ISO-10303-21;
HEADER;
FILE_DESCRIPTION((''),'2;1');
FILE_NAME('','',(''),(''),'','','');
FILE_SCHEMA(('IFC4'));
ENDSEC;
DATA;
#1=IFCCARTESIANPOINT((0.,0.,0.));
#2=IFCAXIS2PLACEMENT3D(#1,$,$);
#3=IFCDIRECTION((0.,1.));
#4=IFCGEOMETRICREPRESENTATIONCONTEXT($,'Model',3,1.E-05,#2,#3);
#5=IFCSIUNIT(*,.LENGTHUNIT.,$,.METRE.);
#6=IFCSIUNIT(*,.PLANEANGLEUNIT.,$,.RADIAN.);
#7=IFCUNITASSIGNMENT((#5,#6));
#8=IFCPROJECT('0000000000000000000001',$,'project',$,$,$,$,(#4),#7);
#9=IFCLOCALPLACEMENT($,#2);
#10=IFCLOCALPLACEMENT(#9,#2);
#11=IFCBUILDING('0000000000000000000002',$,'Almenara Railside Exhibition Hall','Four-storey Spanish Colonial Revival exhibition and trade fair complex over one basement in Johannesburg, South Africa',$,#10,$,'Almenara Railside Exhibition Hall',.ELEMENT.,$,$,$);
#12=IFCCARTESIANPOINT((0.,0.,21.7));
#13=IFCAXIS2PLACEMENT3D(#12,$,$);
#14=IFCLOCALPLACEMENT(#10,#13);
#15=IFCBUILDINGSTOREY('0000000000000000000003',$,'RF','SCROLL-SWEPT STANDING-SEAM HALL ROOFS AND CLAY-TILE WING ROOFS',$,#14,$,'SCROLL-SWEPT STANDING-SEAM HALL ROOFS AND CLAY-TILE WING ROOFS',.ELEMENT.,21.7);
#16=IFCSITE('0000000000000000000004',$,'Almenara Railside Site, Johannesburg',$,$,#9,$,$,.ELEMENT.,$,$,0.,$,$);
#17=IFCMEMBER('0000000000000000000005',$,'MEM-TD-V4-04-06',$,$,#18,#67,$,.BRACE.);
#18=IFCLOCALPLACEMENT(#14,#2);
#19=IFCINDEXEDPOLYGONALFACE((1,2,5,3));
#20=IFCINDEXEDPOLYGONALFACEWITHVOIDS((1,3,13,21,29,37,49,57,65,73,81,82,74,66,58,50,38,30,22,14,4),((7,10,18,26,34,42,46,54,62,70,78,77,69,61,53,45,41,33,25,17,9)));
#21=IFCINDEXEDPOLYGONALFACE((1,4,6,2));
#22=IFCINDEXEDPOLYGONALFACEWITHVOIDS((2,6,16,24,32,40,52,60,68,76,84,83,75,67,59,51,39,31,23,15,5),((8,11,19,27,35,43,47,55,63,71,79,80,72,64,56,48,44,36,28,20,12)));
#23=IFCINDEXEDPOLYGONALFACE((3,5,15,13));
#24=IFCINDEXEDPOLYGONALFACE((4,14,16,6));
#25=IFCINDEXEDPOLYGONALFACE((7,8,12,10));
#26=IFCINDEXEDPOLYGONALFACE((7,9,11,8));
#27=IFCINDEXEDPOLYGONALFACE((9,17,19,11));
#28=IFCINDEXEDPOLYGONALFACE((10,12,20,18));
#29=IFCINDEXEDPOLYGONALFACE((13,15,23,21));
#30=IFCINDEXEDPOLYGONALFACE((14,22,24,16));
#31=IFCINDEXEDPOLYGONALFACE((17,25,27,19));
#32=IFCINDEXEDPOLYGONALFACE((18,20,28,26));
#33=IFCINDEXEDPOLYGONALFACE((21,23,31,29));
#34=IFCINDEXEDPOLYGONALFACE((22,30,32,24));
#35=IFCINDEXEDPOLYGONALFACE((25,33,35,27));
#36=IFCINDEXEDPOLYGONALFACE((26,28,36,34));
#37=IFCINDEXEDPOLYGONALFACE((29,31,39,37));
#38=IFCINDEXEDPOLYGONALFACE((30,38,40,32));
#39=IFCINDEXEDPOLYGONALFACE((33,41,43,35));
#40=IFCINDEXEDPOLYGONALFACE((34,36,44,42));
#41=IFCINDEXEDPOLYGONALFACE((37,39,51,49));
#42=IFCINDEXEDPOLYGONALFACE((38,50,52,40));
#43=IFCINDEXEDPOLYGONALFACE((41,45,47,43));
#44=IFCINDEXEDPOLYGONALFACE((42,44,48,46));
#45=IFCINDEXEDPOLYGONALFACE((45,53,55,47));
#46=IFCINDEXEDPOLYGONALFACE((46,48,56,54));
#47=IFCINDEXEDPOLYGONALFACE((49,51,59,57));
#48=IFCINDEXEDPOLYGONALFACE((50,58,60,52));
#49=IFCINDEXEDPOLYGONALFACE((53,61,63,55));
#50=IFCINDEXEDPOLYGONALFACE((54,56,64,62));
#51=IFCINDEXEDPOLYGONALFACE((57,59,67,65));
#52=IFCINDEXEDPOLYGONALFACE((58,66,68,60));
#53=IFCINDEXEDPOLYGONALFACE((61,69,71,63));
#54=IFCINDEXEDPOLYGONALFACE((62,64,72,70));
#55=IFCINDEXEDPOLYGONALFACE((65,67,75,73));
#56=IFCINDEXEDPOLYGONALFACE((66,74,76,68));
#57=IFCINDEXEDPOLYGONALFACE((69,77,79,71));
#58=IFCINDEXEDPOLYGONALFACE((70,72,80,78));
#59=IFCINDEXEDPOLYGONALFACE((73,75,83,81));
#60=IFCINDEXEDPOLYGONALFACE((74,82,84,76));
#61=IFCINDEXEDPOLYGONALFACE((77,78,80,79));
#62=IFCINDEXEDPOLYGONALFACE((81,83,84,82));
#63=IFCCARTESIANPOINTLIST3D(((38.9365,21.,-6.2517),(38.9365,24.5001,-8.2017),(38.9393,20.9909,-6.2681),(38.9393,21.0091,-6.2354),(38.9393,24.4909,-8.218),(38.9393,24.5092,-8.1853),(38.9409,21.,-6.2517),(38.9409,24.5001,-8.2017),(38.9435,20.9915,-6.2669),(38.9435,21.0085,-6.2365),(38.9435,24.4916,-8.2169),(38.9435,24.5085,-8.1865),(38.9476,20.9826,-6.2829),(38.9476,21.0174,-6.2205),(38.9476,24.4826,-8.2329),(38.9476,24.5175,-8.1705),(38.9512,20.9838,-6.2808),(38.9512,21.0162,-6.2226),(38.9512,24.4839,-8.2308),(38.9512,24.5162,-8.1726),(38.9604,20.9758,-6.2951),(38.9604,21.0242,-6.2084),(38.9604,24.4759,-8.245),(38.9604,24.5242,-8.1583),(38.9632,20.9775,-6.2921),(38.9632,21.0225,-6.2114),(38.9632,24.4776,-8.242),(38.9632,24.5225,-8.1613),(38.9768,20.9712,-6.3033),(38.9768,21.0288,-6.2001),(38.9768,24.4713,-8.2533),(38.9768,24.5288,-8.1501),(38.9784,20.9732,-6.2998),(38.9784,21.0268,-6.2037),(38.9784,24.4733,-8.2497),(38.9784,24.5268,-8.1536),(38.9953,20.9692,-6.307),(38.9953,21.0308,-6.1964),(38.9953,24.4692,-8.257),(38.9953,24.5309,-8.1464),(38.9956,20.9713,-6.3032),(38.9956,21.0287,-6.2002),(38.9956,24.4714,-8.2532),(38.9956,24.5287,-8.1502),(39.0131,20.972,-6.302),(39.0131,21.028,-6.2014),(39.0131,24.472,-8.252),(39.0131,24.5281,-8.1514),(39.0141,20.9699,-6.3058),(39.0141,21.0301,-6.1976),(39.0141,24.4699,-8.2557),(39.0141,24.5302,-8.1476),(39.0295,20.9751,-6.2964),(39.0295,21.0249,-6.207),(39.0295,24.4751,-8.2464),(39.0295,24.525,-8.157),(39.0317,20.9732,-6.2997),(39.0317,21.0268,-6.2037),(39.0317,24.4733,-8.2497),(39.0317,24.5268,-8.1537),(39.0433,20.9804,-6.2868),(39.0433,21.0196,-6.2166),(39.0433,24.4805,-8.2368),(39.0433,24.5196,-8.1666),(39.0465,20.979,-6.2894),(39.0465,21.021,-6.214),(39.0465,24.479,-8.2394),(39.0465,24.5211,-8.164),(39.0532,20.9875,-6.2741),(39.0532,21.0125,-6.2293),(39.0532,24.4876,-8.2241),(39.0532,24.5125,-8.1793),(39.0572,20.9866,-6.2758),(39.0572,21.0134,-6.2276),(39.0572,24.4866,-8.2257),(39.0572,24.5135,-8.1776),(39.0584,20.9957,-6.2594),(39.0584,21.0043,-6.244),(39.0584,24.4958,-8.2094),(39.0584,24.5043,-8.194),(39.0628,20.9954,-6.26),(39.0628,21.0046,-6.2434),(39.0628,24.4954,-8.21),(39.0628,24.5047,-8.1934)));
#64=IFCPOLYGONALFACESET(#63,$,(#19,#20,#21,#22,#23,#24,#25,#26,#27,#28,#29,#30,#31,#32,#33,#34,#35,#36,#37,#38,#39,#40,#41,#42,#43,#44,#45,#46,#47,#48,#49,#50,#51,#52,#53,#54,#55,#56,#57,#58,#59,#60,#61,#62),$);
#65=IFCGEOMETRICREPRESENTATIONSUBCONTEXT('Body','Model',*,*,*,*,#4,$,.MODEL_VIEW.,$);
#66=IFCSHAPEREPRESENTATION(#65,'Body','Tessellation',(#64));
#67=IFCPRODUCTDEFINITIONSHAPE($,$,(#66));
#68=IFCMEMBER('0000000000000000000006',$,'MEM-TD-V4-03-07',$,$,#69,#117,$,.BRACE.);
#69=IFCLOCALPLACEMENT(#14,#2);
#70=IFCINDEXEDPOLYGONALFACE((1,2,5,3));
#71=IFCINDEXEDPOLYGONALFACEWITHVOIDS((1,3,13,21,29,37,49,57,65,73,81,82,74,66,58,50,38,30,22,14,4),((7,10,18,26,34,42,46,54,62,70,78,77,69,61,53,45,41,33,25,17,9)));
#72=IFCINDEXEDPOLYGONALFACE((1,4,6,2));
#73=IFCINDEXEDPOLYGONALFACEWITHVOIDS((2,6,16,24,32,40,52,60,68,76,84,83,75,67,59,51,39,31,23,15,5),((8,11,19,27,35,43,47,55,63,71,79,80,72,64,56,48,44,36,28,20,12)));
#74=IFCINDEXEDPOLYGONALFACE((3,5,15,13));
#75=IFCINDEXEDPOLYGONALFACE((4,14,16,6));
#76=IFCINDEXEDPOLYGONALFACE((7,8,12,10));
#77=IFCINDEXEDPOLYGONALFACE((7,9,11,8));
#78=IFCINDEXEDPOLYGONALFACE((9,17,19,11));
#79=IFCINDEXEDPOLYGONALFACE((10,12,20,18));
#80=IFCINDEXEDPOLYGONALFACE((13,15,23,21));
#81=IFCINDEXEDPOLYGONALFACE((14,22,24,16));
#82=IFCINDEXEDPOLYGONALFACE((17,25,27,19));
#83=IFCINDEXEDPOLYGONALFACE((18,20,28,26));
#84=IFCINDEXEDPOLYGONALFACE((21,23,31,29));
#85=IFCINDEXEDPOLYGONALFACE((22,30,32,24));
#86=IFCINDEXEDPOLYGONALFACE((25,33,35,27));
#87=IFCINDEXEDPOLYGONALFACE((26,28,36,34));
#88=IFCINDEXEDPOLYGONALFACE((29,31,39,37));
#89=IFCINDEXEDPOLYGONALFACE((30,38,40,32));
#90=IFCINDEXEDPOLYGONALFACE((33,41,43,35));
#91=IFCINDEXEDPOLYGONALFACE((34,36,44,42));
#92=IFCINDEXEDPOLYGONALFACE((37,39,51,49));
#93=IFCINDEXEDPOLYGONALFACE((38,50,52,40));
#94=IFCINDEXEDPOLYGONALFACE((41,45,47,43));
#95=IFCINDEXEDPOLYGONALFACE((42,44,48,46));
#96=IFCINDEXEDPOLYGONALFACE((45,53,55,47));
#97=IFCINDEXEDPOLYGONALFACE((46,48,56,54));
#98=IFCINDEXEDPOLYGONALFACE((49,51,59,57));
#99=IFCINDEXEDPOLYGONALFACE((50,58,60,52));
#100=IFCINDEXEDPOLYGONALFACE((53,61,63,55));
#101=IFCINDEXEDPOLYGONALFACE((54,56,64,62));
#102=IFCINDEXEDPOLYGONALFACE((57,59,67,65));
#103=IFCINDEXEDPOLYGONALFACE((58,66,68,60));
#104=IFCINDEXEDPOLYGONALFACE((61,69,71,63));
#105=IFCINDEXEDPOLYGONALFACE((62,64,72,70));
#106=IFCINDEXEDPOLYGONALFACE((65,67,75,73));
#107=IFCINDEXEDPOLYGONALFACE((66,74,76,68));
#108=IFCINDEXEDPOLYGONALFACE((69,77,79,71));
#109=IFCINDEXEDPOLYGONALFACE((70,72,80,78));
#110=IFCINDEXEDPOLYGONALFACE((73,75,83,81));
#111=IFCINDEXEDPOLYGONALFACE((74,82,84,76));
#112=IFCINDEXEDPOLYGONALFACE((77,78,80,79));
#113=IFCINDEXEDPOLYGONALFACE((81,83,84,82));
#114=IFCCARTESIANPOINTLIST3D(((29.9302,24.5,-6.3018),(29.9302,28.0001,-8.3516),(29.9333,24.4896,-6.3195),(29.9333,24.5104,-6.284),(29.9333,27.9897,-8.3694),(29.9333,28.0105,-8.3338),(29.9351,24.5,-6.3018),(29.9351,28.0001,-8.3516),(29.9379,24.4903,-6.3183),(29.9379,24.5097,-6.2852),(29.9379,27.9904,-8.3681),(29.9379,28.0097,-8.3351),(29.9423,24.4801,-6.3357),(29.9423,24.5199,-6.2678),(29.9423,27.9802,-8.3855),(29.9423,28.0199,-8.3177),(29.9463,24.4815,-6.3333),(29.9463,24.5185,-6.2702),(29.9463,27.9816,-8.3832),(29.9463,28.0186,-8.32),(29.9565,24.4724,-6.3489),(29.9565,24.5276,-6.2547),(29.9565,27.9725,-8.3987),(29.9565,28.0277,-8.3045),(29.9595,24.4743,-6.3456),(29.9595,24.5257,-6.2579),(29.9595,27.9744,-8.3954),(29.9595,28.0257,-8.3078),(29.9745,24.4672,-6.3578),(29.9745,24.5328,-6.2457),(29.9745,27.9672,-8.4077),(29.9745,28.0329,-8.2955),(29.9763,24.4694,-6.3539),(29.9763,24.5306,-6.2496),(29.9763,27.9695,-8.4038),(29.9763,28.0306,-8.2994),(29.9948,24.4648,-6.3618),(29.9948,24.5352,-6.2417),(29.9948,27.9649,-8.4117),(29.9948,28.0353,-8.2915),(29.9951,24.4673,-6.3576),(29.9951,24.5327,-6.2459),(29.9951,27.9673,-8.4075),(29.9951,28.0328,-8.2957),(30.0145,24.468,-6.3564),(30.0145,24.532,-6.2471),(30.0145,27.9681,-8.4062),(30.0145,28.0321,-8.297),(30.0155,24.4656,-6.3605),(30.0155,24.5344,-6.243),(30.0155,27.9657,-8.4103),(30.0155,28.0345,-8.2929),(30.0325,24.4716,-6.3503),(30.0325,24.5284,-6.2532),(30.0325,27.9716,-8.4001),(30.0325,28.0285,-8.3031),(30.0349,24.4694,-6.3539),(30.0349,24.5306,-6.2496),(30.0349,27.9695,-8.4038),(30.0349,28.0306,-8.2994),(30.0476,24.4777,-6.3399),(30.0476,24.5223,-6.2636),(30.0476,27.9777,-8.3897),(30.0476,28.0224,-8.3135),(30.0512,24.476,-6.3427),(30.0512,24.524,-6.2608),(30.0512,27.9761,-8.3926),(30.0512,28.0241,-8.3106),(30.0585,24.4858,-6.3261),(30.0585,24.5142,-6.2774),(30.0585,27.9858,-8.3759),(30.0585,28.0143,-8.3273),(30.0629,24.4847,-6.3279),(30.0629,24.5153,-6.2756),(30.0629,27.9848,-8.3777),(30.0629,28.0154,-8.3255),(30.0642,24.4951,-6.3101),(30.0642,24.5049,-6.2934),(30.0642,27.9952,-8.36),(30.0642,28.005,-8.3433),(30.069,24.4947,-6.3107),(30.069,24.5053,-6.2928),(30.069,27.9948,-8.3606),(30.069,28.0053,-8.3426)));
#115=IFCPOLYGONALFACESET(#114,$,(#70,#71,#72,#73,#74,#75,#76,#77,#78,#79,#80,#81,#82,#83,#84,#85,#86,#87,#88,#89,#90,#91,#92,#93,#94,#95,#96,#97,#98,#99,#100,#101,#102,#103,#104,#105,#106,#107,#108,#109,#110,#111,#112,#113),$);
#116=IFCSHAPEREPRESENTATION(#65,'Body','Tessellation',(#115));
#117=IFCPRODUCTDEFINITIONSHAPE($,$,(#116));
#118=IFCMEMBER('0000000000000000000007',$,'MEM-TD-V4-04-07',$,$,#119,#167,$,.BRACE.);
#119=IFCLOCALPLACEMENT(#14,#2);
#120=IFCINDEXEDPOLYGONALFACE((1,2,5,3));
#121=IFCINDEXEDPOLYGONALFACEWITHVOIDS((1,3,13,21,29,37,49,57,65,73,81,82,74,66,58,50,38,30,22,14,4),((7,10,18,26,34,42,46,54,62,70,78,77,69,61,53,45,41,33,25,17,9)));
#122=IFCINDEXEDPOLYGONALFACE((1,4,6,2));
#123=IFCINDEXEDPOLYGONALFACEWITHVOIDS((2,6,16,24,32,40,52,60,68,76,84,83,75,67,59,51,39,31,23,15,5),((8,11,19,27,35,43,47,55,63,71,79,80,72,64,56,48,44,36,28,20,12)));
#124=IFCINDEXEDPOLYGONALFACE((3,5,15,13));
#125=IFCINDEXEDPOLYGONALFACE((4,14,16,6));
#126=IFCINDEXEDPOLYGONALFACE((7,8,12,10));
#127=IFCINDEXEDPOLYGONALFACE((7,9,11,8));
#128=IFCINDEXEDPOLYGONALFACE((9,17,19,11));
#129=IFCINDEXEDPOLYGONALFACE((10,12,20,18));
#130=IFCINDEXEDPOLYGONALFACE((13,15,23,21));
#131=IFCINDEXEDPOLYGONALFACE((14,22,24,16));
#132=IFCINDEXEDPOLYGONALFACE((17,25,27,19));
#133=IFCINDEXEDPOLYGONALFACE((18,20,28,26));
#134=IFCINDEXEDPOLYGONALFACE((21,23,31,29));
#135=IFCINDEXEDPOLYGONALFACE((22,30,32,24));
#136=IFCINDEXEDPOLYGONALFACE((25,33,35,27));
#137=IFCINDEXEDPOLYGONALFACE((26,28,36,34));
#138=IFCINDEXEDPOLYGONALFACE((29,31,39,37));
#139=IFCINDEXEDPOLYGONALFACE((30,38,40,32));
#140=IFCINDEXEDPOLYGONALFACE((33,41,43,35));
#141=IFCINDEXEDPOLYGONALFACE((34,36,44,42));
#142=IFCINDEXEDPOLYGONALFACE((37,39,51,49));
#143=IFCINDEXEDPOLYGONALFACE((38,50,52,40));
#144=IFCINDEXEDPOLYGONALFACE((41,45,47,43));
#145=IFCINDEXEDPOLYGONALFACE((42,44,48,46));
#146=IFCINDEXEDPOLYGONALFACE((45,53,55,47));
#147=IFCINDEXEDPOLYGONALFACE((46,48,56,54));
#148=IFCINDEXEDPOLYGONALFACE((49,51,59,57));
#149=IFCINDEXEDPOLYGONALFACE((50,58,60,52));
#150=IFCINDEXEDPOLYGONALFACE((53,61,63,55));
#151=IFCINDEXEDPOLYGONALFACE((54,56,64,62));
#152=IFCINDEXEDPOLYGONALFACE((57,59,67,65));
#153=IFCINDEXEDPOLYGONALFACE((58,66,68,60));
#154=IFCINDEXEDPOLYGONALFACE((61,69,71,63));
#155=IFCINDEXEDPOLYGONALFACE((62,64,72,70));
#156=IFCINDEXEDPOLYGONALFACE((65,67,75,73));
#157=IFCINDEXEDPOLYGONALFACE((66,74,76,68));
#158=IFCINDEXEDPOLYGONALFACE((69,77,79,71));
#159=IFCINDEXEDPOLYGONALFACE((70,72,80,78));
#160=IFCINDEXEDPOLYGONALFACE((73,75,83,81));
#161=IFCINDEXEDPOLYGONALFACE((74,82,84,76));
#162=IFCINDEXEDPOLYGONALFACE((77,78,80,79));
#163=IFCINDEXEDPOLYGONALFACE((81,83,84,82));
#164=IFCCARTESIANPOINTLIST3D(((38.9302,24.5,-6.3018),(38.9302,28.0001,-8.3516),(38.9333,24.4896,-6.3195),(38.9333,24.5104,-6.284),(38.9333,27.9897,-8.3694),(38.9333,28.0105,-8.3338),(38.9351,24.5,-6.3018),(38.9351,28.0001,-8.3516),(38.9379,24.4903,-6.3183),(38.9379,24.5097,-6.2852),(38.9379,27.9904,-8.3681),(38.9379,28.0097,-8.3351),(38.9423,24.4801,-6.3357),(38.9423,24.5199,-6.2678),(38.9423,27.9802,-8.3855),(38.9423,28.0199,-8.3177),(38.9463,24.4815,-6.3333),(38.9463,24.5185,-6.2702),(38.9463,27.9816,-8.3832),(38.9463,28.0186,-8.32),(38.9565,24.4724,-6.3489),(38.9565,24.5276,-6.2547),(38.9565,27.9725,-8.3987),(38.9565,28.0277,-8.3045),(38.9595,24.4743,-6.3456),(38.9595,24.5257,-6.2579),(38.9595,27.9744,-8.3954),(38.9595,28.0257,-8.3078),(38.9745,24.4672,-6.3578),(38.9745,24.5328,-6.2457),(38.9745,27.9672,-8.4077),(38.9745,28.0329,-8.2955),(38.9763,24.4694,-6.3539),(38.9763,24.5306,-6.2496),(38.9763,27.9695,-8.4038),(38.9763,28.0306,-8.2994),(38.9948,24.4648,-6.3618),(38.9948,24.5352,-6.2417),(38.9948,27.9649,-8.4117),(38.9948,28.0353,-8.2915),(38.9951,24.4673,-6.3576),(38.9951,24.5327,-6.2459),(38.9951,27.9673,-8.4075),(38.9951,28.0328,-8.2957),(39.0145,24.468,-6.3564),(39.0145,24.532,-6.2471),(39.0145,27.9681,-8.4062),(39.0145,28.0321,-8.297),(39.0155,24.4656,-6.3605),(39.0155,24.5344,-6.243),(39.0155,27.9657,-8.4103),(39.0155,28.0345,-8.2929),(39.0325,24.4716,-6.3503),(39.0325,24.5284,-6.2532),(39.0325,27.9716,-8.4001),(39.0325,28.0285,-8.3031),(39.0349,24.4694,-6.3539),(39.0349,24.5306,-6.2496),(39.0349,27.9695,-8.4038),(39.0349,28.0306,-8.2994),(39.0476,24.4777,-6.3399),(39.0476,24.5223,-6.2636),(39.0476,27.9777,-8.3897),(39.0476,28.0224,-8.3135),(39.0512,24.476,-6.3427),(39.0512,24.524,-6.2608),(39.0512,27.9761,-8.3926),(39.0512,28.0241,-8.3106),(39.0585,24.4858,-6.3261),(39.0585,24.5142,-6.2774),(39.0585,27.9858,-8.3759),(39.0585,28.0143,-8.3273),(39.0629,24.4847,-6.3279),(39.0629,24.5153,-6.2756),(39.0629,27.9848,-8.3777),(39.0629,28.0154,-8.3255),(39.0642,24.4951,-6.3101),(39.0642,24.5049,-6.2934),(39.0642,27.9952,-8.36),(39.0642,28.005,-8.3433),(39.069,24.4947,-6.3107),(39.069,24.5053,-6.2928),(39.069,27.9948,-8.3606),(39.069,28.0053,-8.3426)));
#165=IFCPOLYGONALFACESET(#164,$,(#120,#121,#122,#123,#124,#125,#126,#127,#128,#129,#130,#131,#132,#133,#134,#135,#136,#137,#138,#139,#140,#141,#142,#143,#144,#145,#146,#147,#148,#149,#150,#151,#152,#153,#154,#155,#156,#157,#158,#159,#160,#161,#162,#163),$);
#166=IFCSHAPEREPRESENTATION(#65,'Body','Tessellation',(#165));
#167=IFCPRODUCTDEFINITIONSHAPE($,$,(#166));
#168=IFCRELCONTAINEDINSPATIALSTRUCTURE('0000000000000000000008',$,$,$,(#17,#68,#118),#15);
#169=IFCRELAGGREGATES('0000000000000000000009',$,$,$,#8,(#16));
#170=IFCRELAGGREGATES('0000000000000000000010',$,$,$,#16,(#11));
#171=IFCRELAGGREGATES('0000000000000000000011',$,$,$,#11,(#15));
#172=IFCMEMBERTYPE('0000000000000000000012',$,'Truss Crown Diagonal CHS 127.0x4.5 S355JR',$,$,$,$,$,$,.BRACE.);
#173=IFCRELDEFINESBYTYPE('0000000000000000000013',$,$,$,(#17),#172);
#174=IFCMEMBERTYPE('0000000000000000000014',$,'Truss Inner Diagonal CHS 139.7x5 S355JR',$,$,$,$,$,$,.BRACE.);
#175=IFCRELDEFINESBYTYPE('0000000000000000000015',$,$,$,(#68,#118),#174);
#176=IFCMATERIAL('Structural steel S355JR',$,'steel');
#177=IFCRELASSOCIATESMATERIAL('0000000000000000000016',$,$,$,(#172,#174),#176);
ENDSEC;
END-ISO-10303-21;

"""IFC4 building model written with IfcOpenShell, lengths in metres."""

from ifc_helpers import new_model, si_unit, direction, frame, origin, origin_2d, place, context, subcontext, project, spatial, hollow_circle, extrude, material, material_profile, profile_set, type_object, element, save


model = new_model("IFC4")

# Units and contexts
model_context = context("Model", 3, precision=1e-05, world=origin(), true_north=direction((0.0, 1.0)))
body_context = subcontext(model_context, "Body", "Model", "MODEL_VIEW")
ifc_project = project(units=[si_unit("LENGTHUNIT", "METRE"), si_unit("PLANEANGLEUNIT", "RADIAN")], contexts=[model_context])

# Site, building, storey
site_placement = place(None, origin())
site = spatial("IfcSite", under=ifc_project, at=site_placement, Name="Almenara Railside Site, Johannesburg", CompositionType="ELEMENT", RefElevation=0.0)
building_placement = place(site_placement, origin())
building = spatial("IfcBuilding", under=site, at=building_placement, Name="Almenara Railside Exhibition Hall", Description="Four-storey Spanish Colonial Revival exhibition and trade fair complex over one basement in Johannesburg, South Africa", LongName="Almenara Railside Exhibition Hall", CompositionType="ELEMENT")
storey_placement = place(building_placement, frame((0.0, 0.0, 21.7)))
storey = spatial("IfcBuildingStorey", under=building, at=storey_placement, Name="RF", Description="SCROLL-SWEPT STANDING-SEAM HALL ROOFS AND CLAY-TILE WING ROOFS", LongName="SCROLL-SWEPT STANDING-SEAM HALL ROOFS AND CLAY-TILE WING ROOFS", CompositionType="ELEMENT", Elevation=21.7)

# Members
ifc_material_1 = material(Name="Structural steel S355JR", Category="steel")
ifc_material_profile_1 = material_profile(ifc_material_1, hollow_circle(Radius=0.0635, WallThickness=0.0044, at=origin_2d()), Name="CHS 127.0x4.5")
ifc_profile_set_1 = profile_set([ifc_material_profile_1], Name="Structural steel S355JR")
member_type_1 = type_object("IfcMemberType", Name="Truss Crown Diagonal CHS 127.0x4.5 S355JR", PredefinedType="BRACE", material=ifc_profile_set_1)
for number, where, z_axis, x_axis, name in (
    (1, (39.0, 21.0, -6.2517), (0.0, 0.873573, -0.486693), (-1.0, 0.0, 0.0), "MEM-TD-V4-04-06"),
):
    element("IfcMember", number, at=place(storey_placement, frame(where, z_axis=z_axis, x_axis=x_axis)), inside=storey, type_object=member_type_1, Name=name, PredefinedType="BRACE", context=body_context, shape_type="SweptSolid", body=[
        extrude(hollow_circle(Radius=0.0635, WallThickness=0.0044, at=origin_2d()), origin(), (0.0, 0.0, 1.0), 4.0066),
    ])
ifc_material_profile_2 = material_profile(ifc_material_1, hollow_circle(Radius=0.0698, WallThickness=0.0049, at=origin_2d()), Name="CHS 139.7x5")
ifc_profile_set_2 = profile_set([ifc_material_profile_2], Name="Structural steel S355JR")
member_type_2 = type_object("IfcMemberType", Name="Truss Inner Diagonal CHS 139.7x5 S355JR", PredefinedType="BRACE", material=ifc_profile_set_2)
for number, where, z_axis, x_axis, name in (
    (2, (30.0, 24.5, -6.3018), (0.0, 0.862904, -0.505367), (-1.0, 0.0, 0.0), "MEM-TD-V4-03-07"),
    (3, (39.0, 24.5, -6.3018), (0.0, 0.862904, -0.505367), (-1.0, 0.0, 0.0), "MEM-TD-V4-04-07"),
):
    element("IfcMember", number, at=place(storey_placement, frame(where, z_axis=z_axis, x_axis=x_axis)), inside=storey, type_object=member_type_2, Name=name, PredefinedType="BRACE", context=body_context, shape_type="SweptSolid", body=[
        extrude(hollow_circle(Radius=0.0698, WallThickness=0.0049, at=origin_2d()), origin(), (0.0, 0.0, 1.0), 4.0562),
    ])

save(model, "model.ifc")
